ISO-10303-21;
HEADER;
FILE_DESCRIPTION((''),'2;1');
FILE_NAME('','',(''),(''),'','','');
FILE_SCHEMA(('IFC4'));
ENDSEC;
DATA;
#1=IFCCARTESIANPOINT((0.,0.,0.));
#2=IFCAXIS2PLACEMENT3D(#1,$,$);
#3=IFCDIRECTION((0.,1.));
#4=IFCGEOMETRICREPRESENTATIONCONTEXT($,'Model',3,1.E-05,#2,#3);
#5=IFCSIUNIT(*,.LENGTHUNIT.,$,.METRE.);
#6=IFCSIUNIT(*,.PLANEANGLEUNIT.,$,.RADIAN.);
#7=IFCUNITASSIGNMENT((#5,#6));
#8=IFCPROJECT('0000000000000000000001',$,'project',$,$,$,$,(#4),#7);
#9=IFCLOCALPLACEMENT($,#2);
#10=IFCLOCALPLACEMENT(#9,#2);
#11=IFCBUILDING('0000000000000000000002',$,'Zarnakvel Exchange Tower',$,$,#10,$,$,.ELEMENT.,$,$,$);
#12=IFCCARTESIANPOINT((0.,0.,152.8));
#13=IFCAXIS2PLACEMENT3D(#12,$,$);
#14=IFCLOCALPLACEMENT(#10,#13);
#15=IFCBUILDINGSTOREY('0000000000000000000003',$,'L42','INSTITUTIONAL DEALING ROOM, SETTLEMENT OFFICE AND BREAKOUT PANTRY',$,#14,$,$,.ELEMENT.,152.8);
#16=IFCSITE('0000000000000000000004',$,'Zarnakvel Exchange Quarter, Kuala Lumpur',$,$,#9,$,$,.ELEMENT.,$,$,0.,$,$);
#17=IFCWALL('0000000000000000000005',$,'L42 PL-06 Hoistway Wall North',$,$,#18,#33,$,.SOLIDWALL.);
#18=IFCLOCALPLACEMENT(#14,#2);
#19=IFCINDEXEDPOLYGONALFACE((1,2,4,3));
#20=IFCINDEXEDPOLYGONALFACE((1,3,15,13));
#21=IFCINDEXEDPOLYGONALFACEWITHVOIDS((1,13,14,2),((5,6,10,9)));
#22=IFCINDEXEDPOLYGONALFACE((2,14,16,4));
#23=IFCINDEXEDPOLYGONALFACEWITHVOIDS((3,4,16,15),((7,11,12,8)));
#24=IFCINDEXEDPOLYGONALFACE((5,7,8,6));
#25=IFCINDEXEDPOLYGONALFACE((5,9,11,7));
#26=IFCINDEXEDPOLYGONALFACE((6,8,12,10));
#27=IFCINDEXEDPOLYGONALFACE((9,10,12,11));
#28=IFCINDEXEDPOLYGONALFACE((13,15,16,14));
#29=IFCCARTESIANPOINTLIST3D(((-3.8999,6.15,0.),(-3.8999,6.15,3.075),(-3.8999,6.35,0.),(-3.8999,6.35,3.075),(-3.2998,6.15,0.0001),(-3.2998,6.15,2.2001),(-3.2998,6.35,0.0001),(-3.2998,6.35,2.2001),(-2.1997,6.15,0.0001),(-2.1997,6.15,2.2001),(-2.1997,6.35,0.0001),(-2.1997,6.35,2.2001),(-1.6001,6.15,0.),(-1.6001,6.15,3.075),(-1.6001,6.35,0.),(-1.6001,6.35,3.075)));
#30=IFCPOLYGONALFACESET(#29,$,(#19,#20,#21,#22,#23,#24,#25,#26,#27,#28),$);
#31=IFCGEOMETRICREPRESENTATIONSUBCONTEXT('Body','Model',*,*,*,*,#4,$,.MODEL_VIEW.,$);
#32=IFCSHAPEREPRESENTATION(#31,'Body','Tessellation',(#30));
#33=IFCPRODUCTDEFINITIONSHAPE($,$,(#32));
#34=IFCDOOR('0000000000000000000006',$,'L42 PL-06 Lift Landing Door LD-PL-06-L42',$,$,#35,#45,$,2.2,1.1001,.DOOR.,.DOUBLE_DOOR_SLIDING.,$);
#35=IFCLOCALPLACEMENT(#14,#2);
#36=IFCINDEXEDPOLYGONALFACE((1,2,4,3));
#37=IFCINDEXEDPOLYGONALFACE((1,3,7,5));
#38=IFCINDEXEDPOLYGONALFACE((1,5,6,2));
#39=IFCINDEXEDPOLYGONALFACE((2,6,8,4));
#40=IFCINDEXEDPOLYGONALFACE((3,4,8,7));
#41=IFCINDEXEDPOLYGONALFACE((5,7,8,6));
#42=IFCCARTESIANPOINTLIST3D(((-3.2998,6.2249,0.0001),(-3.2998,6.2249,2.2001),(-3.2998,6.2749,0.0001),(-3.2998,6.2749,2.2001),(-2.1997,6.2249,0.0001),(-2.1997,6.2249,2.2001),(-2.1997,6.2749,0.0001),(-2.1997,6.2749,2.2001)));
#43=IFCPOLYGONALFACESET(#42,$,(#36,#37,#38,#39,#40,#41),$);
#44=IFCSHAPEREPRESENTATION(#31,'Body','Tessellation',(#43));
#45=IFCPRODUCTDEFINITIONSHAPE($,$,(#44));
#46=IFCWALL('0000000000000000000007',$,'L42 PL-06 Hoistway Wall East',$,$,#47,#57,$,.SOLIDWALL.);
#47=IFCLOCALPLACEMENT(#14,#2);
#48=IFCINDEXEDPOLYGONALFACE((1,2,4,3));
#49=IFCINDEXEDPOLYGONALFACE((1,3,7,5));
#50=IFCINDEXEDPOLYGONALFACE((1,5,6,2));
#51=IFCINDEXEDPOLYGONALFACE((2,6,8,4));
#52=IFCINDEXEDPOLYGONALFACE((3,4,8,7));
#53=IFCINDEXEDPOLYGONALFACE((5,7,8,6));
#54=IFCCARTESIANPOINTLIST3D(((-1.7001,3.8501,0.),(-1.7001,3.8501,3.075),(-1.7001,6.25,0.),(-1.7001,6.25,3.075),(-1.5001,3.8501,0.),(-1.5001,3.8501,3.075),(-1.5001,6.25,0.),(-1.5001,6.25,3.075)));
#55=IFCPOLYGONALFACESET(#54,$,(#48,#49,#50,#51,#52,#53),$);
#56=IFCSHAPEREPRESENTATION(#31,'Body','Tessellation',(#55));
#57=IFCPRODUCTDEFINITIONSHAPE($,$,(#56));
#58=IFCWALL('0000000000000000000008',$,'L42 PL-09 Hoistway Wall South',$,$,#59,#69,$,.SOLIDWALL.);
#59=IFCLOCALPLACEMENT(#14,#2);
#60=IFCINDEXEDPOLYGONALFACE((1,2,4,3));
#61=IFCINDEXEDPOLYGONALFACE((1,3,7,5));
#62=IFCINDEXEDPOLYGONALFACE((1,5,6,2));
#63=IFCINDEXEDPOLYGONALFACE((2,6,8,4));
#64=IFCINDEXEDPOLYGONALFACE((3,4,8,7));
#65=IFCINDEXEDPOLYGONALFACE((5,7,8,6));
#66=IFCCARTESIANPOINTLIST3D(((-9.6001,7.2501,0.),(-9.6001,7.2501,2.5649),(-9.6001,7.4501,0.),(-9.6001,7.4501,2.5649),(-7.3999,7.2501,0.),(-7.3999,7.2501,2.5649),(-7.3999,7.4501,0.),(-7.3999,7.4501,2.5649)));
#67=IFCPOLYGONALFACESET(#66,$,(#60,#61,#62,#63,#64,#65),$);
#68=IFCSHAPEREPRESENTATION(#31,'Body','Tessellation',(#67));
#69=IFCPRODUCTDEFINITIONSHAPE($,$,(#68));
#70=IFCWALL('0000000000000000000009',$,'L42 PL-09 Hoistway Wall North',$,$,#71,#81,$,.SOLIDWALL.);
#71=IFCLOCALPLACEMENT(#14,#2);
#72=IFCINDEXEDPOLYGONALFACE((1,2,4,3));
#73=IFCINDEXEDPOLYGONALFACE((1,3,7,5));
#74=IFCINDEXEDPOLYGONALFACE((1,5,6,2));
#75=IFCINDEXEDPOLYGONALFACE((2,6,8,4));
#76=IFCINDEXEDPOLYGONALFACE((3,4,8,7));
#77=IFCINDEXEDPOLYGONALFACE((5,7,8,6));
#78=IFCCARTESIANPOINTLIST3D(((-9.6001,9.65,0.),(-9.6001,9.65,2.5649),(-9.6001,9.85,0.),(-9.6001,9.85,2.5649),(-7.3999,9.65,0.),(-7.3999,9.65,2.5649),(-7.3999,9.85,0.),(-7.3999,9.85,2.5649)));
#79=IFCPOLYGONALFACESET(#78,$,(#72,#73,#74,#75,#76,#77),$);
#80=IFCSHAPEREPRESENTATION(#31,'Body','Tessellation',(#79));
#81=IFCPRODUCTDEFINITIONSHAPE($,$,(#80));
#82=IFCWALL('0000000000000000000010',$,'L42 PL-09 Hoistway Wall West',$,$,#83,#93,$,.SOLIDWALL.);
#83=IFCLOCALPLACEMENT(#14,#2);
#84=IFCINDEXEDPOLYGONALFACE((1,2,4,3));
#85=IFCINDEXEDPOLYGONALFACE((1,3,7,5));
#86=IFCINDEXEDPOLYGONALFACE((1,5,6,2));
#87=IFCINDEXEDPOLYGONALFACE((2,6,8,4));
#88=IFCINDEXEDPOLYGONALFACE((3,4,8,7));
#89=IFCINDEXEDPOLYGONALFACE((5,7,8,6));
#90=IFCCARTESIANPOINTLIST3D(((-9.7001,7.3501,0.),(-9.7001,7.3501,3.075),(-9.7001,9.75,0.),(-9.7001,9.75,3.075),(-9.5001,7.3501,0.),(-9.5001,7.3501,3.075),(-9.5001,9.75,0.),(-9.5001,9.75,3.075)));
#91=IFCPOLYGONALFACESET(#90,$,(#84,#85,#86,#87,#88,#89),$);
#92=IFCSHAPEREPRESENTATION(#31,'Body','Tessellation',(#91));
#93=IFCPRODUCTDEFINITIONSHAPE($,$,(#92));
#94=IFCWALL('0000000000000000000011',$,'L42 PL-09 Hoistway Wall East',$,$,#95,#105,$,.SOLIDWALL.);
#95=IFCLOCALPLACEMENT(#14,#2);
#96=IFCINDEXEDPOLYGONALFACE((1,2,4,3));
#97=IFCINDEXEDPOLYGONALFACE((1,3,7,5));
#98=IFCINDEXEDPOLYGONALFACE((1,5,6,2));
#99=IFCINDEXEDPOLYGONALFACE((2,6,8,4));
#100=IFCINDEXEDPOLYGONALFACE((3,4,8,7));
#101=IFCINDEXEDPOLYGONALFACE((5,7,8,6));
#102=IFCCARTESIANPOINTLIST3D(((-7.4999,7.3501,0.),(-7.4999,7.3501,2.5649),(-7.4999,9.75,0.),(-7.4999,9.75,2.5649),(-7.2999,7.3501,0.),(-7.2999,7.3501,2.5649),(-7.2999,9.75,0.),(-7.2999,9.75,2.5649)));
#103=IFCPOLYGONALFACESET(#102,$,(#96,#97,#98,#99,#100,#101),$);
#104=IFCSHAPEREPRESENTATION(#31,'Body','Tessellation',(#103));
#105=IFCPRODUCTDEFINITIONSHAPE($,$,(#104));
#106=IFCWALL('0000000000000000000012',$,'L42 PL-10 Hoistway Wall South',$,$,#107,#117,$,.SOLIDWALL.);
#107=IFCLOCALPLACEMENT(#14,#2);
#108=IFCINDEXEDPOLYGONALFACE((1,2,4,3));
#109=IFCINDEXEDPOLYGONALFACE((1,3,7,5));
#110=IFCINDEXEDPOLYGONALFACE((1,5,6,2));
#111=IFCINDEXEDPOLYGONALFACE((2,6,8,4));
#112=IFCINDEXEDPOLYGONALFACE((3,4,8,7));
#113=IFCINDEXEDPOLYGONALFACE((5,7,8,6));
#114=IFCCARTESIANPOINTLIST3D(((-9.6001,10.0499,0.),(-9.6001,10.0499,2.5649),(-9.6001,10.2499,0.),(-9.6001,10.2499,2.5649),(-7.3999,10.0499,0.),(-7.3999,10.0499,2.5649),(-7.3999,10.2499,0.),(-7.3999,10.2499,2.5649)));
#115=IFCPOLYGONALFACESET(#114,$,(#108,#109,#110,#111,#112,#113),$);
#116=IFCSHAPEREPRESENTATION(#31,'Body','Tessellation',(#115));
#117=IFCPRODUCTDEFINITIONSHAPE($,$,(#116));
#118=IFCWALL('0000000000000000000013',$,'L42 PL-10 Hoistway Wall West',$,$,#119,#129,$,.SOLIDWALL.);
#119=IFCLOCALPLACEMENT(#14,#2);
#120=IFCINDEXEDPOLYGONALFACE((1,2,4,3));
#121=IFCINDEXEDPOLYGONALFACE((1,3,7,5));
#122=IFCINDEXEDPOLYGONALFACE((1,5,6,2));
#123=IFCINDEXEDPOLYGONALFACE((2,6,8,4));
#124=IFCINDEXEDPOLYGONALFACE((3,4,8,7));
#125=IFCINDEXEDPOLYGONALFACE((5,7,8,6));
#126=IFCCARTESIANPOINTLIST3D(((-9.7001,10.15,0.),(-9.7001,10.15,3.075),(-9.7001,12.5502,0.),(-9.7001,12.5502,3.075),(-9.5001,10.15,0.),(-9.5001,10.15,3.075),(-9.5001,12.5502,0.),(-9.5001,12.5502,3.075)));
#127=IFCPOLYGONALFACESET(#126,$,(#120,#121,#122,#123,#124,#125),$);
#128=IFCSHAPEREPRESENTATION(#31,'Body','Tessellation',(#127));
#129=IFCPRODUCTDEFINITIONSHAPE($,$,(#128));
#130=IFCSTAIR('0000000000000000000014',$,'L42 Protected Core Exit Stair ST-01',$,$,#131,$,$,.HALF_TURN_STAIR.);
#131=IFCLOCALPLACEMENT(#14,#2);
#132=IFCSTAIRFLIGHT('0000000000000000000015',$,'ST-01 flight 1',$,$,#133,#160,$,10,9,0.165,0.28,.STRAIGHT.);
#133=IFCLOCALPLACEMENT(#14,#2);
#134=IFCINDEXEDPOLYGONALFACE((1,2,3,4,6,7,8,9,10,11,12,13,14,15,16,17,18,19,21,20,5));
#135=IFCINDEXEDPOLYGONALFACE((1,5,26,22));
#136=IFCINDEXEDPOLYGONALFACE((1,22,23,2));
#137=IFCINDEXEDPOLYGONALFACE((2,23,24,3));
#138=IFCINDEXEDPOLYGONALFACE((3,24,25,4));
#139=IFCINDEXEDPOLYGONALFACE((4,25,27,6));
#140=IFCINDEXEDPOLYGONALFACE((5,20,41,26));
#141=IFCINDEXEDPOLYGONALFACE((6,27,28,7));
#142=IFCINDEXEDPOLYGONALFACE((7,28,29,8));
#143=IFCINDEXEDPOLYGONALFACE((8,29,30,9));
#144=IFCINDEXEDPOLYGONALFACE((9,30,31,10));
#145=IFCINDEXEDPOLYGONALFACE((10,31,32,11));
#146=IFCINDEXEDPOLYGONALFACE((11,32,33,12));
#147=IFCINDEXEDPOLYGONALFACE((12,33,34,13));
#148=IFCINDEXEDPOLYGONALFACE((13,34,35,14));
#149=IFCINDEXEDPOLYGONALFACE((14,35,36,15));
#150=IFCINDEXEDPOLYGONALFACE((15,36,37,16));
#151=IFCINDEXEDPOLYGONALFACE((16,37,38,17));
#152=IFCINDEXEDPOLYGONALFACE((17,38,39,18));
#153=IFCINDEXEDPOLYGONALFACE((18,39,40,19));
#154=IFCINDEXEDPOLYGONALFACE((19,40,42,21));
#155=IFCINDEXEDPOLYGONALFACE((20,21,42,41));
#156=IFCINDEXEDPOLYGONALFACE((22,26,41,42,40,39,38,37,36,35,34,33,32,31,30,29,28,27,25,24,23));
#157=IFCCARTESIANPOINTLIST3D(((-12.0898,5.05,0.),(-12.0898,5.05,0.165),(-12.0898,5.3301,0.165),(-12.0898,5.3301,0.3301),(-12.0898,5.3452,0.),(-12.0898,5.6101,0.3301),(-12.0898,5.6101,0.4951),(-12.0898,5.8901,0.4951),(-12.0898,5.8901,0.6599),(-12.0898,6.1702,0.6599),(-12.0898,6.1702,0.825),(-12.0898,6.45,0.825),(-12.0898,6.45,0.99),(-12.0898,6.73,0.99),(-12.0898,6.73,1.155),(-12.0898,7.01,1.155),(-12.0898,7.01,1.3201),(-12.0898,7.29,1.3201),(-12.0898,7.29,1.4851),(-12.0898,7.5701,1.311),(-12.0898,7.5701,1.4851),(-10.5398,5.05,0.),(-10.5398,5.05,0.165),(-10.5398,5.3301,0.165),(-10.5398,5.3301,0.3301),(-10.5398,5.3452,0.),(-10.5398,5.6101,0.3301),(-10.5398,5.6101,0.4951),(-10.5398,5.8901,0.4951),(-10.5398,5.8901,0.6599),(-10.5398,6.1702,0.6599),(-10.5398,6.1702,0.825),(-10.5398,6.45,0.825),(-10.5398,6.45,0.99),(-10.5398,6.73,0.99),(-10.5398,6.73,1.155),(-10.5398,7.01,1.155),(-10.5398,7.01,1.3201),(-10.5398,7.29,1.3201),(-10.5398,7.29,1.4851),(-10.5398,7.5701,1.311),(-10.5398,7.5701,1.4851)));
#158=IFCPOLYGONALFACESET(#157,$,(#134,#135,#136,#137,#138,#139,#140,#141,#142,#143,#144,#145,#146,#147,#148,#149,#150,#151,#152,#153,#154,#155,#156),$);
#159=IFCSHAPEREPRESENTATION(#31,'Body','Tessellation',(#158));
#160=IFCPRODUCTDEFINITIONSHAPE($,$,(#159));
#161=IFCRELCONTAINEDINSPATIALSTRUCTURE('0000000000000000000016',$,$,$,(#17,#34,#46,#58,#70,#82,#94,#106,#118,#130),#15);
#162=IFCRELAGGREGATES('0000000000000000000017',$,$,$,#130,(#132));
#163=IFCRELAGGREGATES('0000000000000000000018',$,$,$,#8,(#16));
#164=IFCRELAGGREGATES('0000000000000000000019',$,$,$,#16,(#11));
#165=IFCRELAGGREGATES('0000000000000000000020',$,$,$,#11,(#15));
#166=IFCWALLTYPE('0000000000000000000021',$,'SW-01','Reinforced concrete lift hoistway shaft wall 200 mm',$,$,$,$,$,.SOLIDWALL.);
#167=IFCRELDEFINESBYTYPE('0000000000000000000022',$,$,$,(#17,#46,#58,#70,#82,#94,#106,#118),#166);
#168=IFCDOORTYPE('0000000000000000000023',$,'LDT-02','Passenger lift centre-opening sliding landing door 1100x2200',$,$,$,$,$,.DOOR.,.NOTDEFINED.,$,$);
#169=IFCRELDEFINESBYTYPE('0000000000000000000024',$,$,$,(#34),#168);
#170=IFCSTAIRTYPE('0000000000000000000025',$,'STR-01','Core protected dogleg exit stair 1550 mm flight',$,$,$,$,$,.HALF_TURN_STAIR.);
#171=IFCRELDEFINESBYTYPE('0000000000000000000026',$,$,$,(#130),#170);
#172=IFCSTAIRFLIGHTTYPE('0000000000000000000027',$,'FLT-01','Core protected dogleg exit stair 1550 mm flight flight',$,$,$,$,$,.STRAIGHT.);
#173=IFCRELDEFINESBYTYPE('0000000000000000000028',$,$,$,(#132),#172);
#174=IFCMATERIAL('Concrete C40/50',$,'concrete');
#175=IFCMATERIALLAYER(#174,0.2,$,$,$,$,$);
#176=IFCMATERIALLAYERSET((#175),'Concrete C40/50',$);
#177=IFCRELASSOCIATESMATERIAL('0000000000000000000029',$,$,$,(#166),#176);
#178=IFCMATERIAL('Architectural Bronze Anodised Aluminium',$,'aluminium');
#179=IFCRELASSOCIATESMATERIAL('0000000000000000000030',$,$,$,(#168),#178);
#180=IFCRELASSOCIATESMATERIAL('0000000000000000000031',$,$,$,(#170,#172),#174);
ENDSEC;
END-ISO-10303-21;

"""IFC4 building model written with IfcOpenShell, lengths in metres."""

from ifc_helpers import new_model, si_unit, direction, frame, frame_2d, origin, place, context, subcontext, project, spatial, polyline, rectangle, outline, extrude, source, transform, mapped, material, layer, layer_set, type_object, element, fill, aggregate, save


model = new_model("IFC4")

# Units and contexts
model_context = context("Model", 3, precision=1e-05, world=origin(), true_north=direction((0.0, 1.0)))
body_context = subcontext(model_context, "Body", "Model", "MODEL_VIEW")
ifc_project = project(units=[si_unit("LENGTHUNIT", "METRE"), si_unit("PLANEANGLEUNIT", "RADIAN")], contexts=[model_context])

# Site, building, storey
site_placement = place(None, origin())
site = spatial("IfcSite", under=ifc_project, at=site_placement, Name="Zarnakvel Exchange Quarter, Kuala Lumpur", CompositionType="ELEMENT", RefElevation=0.0)
building_placement = place(site_placement, origin())
building = spatial("IfcBuilding", under=site, at=building_placement, Name="Zarnakvel Exchange Tower", CompositionType="ELEMENT")
storey_placement = place(building_placement, frame((0.0, 0.0, 152.8)))
storey = spatial("IfcBuildingStorey", under=building, at=storey_placement, Name="L42", Description="INSTITUTIONAL DEALING ROOM, SETTLEMENT OFFICE AND BREAKOUT PANTRY", CompositionType="ELEMENT", Elevation=152.8)

# Shared definitions
ifc_material_1 = material(Name="Concrete C40/50", Category="concrete")
ifc_layer_1 = layer(ifc_material_1, 0.2)
ifc_layer_set_1 = layer_set([ifc_layer_1], Name="Concrete C40/50")
wall_type_1 = type_object("IfcWallType", Name="SW-01", Description="Reinforced concrete lift hoistway shaft wall 200 mm", PredefinedType="SOLIDWALL", material=ifc_layer_set_1)

# Shared definitions
ifc_material_2 = material(Name="Architectural Bronze Anodised Aluminium", Category="aluminium")
door_type_1 = type_object("IfcDoorType", Name="LDT-02", Description="Passenger lift centre-opening sliding landing door 1100x2200", OperationType="NOTDEFINED", PredefinedType="DOOR", material=ifc_material_2)
shared_shape_1 = source(origin(), body_context, "Body", "SweptSolid", [
    extrude(rectangle(XDim=1.1001, YDim=2.2, at=frame_2d((0.55, 1.1001))), frame((0.0, 0.0249, 0.0), z_axis=(0.0, -1.0, 0.0), x_axis=(1.0, 0.0, 0.0)), (0.0, 0.0, 1.0), 0.05),
])

# Wall, opening, door
wall_1_placement = place(storey_placement, frame((-3.8999, 6.25, 0.0), z_axis=(0.0, 0.0, 1.0), x_axis=(1.0, 0.0, 0.0)))
wall_1 = element("IfcWall", 1, at=wall_1_placement, inside=storey, type_object=wall_type_1, Name="L42 PL-06 Hoistway Wall North", PredefinedType="SOLIDWALL", context=body_context, shape_type="SweptSolid", body=[
    extrude(rectangle(XDim=2.2998, YDim=0.2, at=frame_2d((1.1499, 0.0))), origin(), (0.0, 0.0, 1.0), 3.075),
])
opening_1_placement = place(wall_1_placement, frame((0.6001, 0.0, 0.0)))
opening_1 = element("IfcOpeningElement", 2, at=opening_1_placement, cuts=wall_1, PredefinedType="OPENING", context=body_context, shape_type="SweptSolid", body=[
    extrude(rectangle(XDim=1.1001, YDim=2.2, at=frame_2d((0.55, 1.1001))), frame((0.0, 0.1099, 0.0), z_axis=(0.0, -1.0, 0.0), x_axis=(1.0, 0.0, 0.0)), (0.0, 0.0, 1.0), 0.22),
])
door_1_placement = place(opening_1_placement, origin())
door_1 = element("IfcDoor", 3, at=door_1_placement, inside=storey, type_object=door_type_1, Name="L42 PL-06 Lift Landing Door LD-PL-06-L42", OperationType="DOUBLE_DOOR_SLIDING", OverallHeight=2.2, OverallWidth=1.1001, PredefinedType="DOOR", context=body_context, shape_type="MappedRepresentation", body=[
    mapped(shared_shape_1, transform((0.0, 0.0, 0.0), x_axis=(1.0, 0.0, 0.0), y_axis=(0.0, 1.0, 0.0), z_axis=(0.0, 0.0, 1.0), scale=1.0)),
])
fill(opening_1, door_1)

# Walls
wall_2_placement = place(storey_placement, frame((-1.6001, 6.25, 0.0), z_axis=(0.0, 0.0, 1.0), x_axis=(0.0, -1.0, 0.0)))
element("IfcWall", 4, at=wall_2_placement, inside=storey, type_object=wall_type_1, Name="L42 PL-06 Hoistway Wall East", PredefinedType="SOLIDWALL", context=body_context, shape_type="SweptSolid", body=[
    extrude(rectangle(XDim=2.3999, YDim=0.2, at=frame_2d((1.2, 0.0))), origin(), (0.0, 0.0, 1.0), 3.075),
])
for number, where, z_axis, x_axis, name in (
    (5, (-7.3999, 7.3501, 0.0), (0.0, 0.0, 1.0), (-1.0, 0.0, 0.0), "L42 PL-09 Hoistway Wall South"),
    (6, (-9.6001, 9.75, 0.0), (0.0, 0.0, 1.0), (1.0, 0.0, 0.0), "L42 PL-09 Hoistway Wall North"),
):
    element("IfcWall", number, at=place(storey_placement, frame(where, z_axis=z_axis, x_axis=x_axis)), inside=storey, type_object=wall_type_1, Name=name, PredefinedType="SOLIDWALL", context=body_context, shape_type="SweptSolid", body=[
        extrude(rectangle(XDim=2.2002, YDim=0.2, at=frame_2d((1.1001, 0.0))), origin(), (0.0, 0.0, 1.0), 2.5649),
    ])
wall_3_placement = place(storey_placement, frame((-9.6001, 7.3501, 0.0), z_axis=(0.0, 0.0, 1.0), x_axis=(0.0, 1.0, 0.0)))
element("IfcWall", 7, at=wall_3_placement, inside=storey, type_object=wall_type_1, Name="L42 PL-09 Hoistway Wall West", PredefinedType="SOLIDWALL", context=body_context, shape_type="SweptSolid", body=[
    extrude(rectangle(XDim=2.3999, YDim=0.2, at=frame_2d((1.2, 0.0))), origin(), (0.0, 0.0, 1.0), 3.075),
])
wall_4_placement = place(storey_placement, frame((-7.3999, 9.75, 0.0), z_axis=(0.0, 0.0, 1.0), x_axis=(0.0, -1.0, 0.0)))
element("IfcWall", 8, at=wall_4_placement, inside=storey, type_object=wall_type_1, Name="L42 PL-09 Hoistway Wall East", PredefinedType="SOLIDWALL", context=body_context, shape_type="SweptSolid", body=[
    extrude(rectangle(XDim=2.3999, YDim=0.2, at=frame_2d((1.2, 0.0))), origin(), (0.0, 0.0, 1.0), 2.5649),
])
wall_5_placement = place(storey_placement, frame((-7.3999, 10.1499, 0.0), z_axis=(0.0, 0.0, 1.0), x_axis=(-1.0, 0.0, 0.0)))
element("IfcWall", 9, at=wall_5_placement, inside=storey, type_object=wall_type_1, Name="L42 PL-10 Hoistway Wall South", PredefinedType="SOLIDWALL", context=body_context, shape_type="SweptSolid", body=[
    extrude(rectangle(XDim=2.2002, YDim=0.2, at=frame_2d((1.1001, 0.0))), origin(), (0.0, 0.0, 1.0), 2.5649),
])
wall_6_placement = place(storey_placement, frame((-9.6001, 10.1499, 0.0), z_axis=(0.0, 0.0, 1.0), x_axis=(0.0, 1.0, 0.0)))
element("IfcWall", 10, at=wall_6_placement, inside=storey, type_object=wall_type_1, Name="L42 PL-10 Hoistway Wall West", PredefinedType="SOLIDWALL", context=body_context, shape_type="SweptSolid", body=[
    extrude(rectangle(XDim=2.4001, YDim=0.2, at=frame_2d((1.2002, 0.0))), origin(), (0.0, 0.0, 1.0), 3.075),
])

# Stair, stair flight
stair_type = type_object("IfcStairType", Name="STR-01", Description="Core protected dogleg exit stair 1550 mm flight", PredefinedType="HALF_TURN_STAIR", material=ifc_material_1)
stair_placement = place(storey_placement, origin())
stair = element("IfcStair", 11, at=stair_placement, inside=storey, type_object=stair_type, Name="L42 Protected Core Exit Stair ST-01", PredefinedType="HALF_TURN_STAIR")
stair_flight_type = type_object("IfcStairFlightType", Name="FLT-01", Description="Core protected dogleg exit stair 1550 mm flight flight", PredefinedType="STRAIGHT", material=ifc_material_1)
stair_flight_placement = place(storey_placement, frame((-11.3149, 5.05, 0.0), z_axis=(0.0, 0.0, 1.0), x_axis=(0.0, 1.0, 0.0)))
stair_flight = element("IfcStairFlight", 12, at=stair_flight_placement, type_object=stair_flight_type, Name="ST-01 flight 1", NumberOfRisers=10, NumberOfTreads=9, PredefinedType="STRAIGHT", RiserHeight=0.165, TreadLength=0.28, context=body_context, shape_type="SweptSolid", body=[
    extrude(outline(polyline([(0.0, 0.0), (0.0, 0.165), (0.28, 0.165), (0.28, 0.3301), (0.5601, 0.3301), (0.5601, 0.4951), (0.8401, 0.4951), (0.8401, 0.6599), (1.1201, 0.6599), (1.1201, 0.825), (1.3999, 0.825), (1.3999, 0.99), (1.6799, 0.99), (1.6799, 1.155), (1.96, 1.155), (1.96, 1.3201), (2.24, 1.3201), (2.24, 1.4851), (2.52, 1.4851), (2.52, 1.6499), (2.52, 1.311), (0.2952, 0.0), (0.0, 0.0)])), frame((0.0, 0.7749, 0.0), z_axis=(0.0, -1.0, 0.0), x_axis=(1.0, 0.0, 0.0)), (0.0, 0.0, 1.0), 1.55),
])
aggregate(stair, [stair_flight])

save(model, "model.ifc")
